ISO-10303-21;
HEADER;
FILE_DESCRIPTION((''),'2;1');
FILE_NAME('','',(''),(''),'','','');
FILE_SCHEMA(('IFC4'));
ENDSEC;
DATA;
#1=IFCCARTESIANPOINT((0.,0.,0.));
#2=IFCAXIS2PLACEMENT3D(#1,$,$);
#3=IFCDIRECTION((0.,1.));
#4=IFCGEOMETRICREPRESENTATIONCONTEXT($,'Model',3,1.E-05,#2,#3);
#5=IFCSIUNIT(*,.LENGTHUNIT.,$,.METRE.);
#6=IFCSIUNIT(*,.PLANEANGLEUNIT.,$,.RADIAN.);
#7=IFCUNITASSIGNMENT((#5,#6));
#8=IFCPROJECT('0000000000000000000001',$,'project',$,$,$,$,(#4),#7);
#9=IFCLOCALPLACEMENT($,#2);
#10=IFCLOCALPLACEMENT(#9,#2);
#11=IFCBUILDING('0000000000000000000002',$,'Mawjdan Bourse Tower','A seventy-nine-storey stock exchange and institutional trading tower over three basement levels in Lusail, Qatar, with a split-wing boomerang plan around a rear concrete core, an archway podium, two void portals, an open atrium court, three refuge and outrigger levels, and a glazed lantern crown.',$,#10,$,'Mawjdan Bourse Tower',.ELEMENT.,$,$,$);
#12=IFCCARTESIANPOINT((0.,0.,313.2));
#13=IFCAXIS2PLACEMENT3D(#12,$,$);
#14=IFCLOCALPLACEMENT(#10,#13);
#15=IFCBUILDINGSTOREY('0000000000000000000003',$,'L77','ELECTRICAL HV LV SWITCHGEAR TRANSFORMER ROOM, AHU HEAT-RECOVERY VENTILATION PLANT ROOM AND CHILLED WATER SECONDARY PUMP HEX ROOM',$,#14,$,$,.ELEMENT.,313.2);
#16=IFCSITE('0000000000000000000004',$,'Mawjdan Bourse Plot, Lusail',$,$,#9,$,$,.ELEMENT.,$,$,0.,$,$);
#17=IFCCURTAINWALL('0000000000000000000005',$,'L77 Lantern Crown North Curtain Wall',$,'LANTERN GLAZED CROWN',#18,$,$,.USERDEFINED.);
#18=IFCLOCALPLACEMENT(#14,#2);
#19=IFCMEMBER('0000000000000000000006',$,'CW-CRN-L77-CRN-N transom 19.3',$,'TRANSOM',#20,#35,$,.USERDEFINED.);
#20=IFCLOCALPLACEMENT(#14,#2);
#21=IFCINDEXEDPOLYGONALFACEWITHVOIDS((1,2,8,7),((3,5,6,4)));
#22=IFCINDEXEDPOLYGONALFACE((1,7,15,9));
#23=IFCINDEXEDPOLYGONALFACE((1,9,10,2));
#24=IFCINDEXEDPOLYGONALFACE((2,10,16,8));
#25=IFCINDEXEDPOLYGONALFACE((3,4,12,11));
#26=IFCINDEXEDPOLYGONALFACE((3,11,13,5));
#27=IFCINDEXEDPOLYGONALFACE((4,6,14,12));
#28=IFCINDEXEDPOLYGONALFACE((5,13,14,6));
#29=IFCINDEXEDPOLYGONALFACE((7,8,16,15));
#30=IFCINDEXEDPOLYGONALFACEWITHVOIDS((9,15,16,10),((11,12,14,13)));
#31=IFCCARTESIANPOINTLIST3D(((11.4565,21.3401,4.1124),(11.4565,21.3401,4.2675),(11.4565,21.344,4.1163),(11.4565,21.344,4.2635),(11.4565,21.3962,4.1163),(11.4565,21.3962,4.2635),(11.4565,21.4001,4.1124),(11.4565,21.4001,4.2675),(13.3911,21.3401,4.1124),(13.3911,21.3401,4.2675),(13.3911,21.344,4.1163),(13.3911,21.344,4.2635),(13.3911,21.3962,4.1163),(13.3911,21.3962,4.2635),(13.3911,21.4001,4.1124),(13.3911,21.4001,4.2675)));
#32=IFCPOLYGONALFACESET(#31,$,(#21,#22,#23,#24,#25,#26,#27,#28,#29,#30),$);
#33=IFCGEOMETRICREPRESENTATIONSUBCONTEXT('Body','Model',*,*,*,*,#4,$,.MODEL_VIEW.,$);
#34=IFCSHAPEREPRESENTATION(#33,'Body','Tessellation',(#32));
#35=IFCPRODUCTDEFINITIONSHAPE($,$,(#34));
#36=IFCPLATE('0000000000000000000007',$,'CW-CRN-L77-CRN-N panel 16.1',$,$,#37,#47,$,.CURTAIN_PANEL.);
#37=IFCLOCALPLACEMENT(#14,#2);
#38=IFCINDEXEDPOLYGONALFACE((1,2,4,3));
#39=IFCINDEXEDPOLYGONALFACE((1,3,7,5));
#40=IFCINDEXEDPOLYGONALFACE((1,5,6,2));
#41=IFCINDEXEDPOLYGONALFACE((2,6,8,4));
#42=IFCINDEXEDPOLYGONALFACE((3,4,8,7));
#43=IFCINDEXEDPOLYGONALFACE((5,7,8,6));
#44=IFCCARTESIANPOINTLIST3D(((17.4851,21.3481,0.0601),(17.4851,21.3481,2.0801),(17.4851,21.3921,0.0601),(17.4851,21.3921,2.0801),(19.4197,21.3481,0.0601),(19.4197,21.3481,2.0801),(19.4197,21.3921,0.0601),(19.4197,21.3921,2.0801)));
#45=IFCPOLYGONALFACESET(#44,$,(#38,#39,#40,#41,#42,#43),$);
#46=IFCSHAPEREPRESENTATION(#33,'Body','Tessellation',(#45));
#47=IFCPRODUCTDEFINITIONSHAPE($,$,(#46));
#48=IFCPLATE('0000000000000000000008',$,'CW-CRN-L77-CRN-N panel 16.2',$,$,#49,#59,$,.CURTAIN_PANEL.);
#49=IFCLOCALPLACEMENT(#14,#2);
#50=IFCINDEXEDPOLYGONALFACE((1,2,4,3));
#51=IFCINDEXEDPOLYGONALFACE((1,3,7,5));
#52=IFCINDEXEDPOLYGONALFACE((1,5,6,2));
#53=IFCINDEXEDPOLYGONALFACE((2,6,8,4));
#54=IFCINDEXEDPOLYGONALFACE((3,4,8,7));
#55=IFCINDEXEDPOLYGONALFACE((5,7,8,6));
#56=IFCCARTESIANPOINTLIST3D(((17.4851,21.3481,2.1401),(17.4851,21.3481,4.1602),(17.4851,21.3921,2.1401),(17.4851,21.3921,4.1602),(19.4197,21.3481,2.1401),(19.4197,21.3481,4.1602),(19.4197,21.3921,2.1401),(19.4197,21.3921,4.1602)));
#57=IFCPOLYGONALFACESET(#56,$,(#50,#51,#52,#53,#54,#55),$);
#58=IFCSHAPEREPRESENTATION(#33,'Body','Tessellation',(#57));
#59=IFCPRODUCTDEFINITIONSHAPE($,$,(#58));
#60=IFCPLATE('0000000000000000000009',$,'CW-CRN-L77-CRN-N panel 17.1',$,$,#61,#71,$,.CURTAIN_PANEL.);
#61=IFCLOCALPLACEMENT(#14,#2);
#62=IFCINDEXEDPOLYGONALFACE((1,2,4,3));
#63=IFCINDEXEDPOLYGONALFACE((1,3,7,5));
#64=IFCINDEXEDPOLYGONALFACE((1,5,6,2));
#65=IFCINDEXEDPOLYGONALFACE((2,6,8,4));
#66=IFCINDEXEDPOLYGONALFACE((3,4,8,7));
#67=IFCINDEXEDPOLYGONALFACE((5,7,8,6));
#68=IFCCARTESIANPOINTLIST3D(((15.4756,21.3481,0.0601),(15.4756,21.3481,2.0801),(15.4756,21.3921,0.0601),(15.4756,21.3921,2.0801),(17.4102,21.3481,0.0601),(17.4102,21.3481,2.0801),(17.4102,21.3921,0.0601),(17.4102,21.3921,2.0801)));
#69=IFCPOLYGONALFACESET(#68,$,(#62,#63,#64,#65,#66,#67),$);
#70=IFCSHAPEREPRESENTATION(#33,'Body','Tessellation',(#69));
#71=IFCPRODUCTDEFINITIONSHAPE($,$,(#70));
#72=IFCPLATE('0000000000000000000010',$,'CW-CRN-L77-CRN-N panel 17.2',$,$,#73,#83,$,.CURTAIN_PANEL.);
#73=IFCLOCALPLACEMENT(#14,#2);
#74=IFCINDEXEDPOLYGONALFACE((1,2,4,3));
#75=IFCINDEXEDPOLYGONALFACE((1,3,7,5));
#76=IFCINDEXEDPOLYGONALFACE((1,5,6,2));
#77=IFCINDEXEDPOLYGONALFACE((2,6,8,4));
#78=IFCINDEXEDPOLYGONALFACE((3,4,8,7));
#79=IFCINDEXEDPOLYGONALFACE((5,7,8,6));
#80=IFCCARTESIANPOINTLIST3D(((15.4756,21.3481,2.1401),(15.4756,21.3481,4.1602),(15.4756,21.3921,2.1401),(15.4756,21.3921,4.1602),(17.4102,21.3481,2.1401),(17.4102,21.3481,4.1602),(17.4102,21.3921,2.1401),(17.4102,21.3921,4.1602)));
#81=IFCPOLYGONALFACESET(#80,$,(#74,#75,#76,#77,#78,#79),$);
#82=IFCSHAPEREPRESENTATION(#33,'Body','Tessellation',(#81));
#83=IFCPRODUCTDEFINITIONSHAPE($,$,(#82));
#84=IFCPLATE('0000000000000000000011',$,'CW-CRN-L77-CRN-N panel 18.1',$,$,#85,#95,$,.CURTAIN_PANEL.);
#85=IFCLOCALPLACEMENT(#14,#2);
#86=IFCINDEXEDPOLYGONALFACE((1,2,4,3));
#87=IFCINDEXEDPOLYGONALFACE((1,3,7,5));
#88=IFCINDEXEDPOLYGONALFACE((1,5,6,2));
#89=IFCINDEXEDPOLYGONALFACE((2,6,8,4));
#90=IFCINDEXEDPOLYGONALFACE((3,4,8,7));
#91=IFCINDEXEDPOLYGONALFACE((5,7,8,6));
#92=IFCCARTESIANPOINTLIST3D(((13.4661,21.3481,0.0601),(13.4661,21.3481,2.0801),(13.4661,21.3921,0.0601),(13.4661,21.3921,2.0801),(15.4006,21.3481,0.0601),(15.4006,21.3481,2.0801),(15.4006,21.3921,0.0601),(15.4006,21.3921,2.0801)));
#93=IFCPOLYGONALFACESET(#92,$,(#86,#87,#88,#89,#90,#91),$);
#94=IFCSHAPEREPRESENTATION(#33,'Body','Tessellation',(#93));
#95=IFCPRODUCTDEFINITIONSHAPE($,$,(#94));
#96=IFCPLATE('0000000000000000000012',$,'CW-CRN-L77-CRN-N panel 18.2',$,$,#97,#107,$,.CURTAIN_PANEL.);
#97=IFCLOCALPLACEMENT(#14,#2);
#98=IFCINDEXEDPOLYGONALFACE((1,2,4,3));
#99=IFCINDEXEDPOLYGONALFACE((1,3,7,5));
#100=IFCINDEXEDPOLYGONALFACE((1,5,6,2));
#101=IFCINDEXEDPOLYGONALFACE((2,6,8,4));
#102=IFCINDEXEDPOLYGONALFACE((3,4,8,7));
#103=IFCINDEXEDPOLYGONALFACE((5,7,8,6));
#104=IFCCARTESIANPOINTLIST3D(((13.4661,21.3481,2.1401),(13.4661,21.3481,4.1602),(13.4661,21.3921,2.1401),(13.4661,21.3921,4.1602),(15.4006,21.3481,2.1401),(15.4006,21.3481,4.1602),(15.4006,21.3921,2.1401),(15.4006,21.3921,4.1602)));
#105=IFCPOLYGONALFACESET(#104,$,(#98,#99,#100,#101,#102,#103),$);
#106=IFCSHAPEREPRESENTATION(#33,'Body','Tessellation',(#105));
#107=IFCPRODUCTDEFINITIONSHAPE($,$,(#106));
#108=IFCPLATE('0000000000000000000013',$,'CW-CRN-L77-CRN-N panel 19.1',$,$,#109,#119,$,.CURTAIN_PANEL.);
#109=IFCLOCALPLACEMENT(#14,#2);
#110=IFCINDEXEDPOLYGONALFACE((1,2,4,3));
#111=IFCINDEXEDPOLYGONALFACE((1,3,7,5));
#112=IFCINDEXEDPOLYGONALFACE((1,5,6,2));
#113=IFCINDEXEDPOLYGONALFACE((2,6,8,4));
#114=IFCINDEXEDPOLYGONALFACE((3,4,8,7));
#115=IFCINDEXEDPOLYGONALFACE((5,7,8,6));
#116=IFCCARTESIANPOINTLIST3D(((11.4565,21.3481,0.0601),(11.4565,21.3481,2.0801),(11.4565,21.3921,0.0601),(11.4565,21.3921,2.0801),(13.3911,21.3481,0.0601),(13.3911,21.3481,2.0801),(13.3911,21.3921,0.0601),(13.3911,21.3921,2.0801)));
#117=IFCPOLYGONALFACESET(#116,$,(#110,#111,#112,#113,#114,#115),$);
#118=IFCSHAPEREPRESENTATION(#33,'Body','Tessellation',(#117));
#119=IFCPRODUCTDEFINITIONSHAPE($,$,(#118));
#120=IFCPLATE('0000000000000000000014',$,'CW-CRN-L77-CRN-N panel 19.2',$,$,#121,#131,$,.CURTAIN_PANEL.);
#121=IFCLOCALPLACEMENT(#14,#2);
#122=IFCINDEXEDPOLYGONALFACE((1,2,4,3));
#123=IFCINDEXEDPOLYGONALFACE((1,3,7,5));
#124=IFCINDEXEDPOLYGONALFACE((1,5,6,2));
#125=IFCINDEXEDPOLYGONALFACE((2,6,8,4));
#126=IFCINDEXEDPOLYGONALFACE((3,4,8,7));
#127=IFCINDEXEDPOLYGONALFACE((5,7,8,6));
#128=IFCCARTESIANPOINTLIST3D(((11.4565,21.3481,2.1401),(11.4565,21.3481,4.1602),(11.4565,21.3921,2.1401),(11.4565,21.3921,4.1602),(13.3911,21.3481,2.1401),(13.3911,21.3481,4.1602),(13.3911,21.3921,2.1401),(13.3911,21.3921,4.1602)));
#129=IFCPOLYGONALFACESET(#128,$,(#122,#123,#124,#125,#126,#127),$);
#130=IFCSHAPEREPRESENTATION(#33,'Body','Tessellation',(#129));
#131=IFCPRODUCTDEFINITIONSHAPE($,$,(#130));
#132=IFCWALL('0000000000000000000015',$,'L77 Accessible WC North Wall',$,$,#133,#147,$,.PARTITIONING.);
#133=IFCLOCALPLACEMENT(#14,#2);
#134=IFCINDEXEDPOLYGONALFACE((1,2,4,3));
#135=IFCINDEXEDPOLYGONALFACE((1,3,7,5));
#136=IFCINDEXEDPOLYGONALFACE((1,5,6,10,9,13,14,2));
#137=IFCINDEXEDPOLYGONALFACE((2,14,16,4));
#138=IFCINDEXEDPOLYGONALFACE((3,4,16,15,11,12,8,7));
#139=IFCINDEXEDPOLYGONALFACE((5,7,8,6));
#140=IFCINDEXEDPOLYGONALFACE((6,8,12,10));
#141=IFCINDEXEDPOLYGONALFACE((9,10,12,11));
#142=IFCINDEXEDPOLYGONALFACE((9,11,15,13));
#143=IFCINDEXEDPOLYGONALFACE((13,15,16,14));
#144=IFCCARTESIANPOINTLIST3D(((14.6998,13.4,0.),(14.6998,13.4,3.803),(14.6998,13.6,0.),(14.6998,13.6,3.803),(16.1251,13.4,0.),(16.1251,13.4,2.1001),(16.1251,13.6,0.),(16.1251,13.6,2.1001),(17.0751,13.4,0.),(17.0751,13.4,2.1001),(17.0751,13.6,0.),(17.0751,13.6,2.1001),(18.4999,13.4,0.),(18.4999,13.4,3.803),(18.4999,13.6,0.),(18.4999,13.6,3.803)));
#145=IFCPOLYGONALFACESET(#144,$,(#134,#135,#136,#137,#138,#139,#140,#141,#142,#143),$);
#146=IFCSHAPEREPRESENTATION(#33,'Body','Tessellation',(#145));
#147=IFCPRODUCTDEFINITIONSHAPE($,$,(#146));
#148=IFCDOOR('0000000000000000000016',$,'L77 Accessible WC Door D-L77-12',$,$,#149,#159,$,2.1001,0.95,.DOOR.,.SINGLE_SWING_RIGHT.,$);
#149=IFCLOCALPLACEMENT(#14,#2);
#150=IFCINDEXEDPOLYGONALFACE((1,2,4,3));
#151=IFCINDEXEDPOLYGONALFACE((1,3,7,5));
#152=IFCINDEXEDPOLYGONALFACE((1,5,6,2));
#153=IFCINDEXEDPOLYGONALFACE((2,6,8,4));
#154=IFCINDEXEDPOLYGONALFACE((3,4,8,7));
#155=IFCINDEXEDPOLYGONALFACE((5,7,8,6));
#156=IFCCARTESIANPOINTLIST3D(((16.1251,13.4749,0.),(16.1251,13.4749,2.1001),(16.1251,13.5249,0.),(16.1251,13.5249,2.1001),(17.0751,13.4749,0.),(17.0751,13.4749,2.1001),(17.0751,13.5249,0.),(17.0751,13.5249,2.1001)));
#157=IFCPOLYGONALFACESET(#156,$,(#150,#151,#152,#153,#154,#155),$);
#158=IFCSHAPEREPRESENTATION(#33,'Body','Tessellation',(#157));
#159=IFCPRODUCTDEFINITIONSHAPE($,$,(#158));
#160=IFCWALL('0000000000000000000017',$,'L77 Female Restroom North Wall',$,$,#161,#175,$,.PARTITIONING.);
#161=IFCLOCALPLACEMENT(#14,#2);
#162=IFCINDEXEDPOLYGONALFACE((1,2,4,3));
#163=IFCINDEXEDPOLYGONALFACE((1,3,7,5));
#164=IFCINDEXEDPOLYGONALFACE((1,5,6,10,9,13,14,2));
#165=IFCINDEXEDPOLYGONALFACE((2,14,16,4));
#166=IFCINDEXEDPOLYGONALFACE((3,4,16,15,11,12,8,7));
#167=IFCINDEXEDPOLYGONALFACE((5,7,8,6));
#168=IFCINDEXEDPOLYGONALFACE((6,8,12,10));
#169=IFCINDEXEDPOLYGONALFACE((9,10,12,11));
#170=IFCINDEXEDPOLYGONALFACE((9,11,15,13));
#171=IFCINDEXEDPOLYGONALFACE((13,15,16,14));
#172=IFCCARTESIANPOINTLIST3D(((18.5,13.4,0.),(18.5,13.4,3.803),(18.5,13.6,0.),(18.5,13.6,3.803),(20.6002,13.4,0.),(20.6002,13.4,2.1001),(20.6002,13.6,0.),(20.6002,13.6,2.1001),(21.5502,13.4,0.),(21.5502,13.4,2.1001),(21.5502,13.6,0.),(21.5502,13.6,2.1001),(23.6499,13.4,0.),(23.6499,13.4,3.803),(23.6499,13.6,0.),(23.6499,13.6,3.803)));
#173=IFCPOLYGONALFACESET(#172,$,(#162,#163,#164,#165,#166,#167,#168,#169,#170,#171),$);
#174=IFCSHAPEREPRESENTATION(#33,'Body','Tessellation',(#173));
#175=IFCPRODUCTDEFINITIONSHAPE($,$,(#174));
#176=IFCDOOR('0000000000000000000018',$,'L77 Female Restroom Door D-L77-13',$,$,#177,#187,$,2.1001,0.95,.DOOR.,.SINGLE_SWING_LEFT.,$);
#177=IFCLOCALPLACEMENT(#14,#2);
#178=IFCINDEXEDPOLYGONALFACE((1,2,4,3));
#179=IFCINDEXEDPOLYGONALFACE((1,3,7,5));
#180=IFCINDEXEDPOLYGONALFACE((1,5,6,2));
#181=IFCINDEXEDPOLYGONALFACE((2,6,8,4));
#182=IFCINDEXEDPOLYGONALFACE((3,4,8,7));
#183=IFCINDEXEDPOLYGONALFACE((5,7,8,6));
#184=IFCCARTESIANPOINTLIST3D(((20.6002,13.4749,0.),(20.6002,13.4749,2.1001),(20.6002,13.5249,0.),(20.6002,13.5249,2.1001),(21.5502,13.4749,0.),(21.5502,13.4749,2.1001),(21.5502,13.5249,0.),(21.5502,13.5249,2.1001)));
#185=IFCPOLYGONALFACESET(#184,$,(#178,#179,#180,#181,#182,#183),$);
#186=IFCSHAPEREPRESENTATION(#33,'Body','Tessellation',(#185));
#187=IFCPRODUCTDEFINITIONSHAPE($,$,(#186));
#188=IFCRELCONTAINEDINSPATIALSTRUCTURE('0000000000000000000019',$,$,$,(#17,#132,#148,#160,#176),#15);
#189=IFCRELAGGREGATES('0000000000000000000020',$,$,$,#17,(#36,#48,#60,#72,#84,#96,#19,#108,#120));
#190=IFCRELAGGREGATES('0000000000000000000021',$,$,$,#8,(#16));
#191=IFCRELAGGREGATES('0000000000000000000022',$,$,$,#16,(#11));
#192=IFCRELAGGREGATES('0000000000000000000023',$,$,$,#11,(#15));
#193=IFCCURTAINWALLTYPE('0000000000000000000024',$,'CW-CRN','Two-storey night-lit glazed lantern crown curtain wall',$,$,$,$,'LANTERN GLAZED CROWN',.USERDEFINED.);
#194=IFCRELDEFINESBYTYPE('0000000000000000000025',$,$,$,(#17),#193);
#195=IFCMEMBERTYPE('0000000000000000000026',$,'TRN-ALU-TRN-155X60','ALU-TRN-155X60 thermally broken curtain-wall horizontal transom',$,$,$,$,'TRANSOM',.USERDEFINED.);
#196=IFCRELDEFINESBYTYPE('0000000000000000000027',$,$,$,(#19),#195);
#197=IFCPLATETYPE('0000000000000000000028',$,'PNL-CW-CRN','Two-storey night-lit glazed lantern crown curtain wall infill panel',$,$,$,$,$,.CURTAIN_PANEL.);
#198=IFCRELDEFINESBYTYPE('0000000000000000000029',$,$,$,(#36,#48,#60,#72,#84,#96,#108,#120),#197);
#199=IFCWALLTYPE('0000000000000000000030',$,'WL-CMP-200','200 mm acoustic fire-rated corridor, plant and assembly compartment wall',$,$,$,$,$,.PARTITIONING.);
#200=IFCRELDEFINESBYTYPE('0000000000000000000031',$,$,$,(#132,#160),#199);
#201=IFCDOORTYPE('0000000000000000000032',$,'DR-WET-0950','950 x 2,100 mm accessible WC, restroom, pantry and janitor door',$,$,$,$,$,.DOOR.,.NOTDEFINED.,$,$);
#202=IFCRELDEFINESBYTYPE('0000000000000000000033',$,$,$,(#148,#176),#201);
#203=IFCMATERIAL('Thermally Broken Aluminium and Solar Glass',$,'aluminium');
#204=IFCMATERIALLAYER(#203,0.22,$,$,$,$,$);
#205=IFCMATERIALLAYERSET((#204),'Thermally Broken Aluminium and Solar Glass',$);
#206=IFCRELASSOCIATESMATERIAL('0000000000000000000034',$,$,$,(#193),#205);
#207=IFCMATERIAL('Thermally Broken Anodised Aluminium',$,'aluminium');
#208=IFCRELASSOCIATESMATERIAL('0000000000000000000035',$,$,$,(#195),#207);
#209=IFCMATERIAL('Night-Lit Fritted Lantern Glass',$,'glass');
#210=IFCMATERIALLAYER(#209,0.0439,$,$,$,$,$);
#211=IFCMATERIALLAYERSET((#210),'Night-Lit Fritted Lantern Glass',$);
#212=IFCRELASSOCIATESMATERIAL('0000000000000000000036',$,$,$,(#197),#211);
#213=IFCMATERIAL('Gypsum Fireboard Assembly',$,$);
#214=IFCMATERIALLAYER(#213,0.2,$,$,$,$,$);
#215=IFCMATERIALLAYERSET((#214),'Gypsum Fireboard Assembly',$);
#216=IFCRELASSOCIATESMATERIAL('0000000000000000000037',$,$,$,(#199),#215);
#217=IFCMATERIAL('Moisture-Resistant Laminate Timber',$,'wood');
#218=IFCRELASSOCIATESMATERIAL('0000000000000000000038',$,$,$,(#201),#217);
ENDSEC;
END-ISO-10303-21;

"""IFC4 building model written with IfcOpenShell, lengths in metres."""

from ifc_helpers import new_model, si_unit, direction, frame, frame_2d, origin, origin_2d, place, context, subcontext, project, spatial, rectangle, hollow_rectangle, extrude, material, layer, layer_set, material_profile, profile_set, type_object, element, fill, aggregate, save


model = new_model("IFC4")

# Units and contexts
model_context = context("Model", 3, precision=1e-05, world=origin(), true_north=direction((0.0, 1.0)))
body_context = subcontext(model_context, "Body", "Model", "MODEL_VIEW")
ifc_project = project(units=[si_unit("LENGTHUNIT", "METRE"), si_unit("PLANEANGLEUNIT", "RADIAN")], contexts=[model_context])

# Site, building, storey
site_placement = place(None, origin())
site = spatial("IfcSite", under=ifc_project, at=site_placement, Name="Mawjdan Bourse Plot, Lusail", CompositionType="ELEMENT", RefElevation=0.0)
building_placement = place(site_placement, origin())
building = spatial("IfcBuilding", under=site, at=building_placement, Name="Mawjdan Bourse Tower", Description="A seventy-nine-storey stock exchange and institutional trading tower over three basement levels in Lusail, Qatar, with a split-wing boomerang plan around a rear concrete core, an archway podium, two void portals, an open atrium court, three refuge and outrigger levels, and a glazed lantern crown.", LongName="Mawjdan Bourse Tower", CompositionType="ELEMENT")
storey_placement = place(building_placement, frame((0.0, 0.0, 313.2)))
storey = spatial("IfcBuildingStorey", under=building, at=storey_placement, Name="L77", Description="ELECTRICAL HV LV SWITCHGEAR TRANSFORMER ROOM, AHU HEAT-RECOVERY VENTILATION PLANT ROOM AND CHILLED WATER SECONDARY PUMP HEX ROOM", CompositionType="ELEMENT", Elevation=313.2)

# Curtain wall, member, plates
ifc_material_1 = material(Name="Thermally Broken Aluminium and Solar Glass", Category="aluminium")
ifc_layer_1 = layer(ifc_material_1, 0.22)
ifc_layer_set_1 = layer_set([ifc_layer_1], Name="Thermally Broken Aluminium and Solar Glass")
curtain_wall_type = type_object("IfcCurtainWallType", Name="CW-CRN", Description="Two-storey night-lit glazed lantern crown curtain wall", ElementType="LANTERN GLAZED CROWN", PredefinedType="USERDEFINED", material=ifc_layer_set_1)
curtain_wall_placement = place(storey_placement, origin())
curtain_wall = element("IfcCurtainWall", 1, at=curtain_wall_placement, inside=storey, type_object=curtain_wall_type, Name="L77 Lantern Crown North Curtain Wall", ObjectType="LANTERN GLAZED CROWN", PredefinedType="USERDEFINED")
ifc_material_2 = material(Name="Thermally Broken Anodised Aluminium", Category="aluminium")
ifc_material_profile_1 = material_profile(ifc_material_2, hollow_rectangle(XDim=0.0601, YDim=0.155, WallThickness=0.0039, at=origin_2d()), Name="ALU-TRN-155X60")
ifc_profile_set_1 = profile_set([ifc_material_profile_1], Name="Thermally Broken Anodised Aluminium")
member_type_1 = type_object("IfcMemberType", Name="TRN-ALU-TRN-155X60", Description="ALU-TRN-155X60 thermally broken curtain-wall horizontal transom", ElementType="TRANSOM", PredefinedType="USERDEFINED", material=ifc_profile_set_1)
member_1_placement = place(storey_placement, frame((13.3911, 21.3701, 4.1899), z_axis=(-1.0, 0.0, 0.0), x_axis=(0.0, -1.0, 0.0)))
member_1 = element("IfcMember", 2, at=member_1_placement, type_object=member_type_1, Name="CW-CRN-L77-CRN-N transom 19.3", ObjectType="TRANSOM", PredefinedType="USERDEFINED", context=body_context, shape_type="SweptSolid", body=[
    extrude(hollow_rectangle(XDim=0.0601, YDim=0.155, WallThickness=0.0039, at=origin_2d()), origin(), (0.0, 0.0, 1.0), 1.9346),
])
ifc_material_3 = material(Name="Night-Lit Fritted Lantern Glass", Category="glass")
ifc_layer_2 = layer(ifc_material_3, 0.0439)
ifc_layer_set_2 = layer_set([ifc_layer_2], Name="Night-Lit Fritted Lantern Glass")
plate_type = type_object("IfcPlateType", Name="PNL-CW-CRN", Description="Two-storey night-lit glazed lantern crown curtain wall infill panel", PredefinedType="CURTAIN_PANEL", material=ifc_layer_set_2)
plate_1_placement = place(storey_placement, frame((18.4524, 21.3701, 0.0601), z_axis=(0.0, 0.0, 1.0), x_axis=(-1.0, 0.0, 0.0)))
plate_1 = element("IfcPlate", 3, at=plate_1_placement, type_object=plate_type, Name="CW-CRN-L77-CRN-N panel 16.1", PredefinedType="CURTAIN_PANEL", context=body_context, shape_type="SweptSolid", body=[
    extrude(rectangle(XDim=1.9346, YDim=0.0439, at=origin_2d()), origin(), (0.0, 0.0, 1.0), 2.02),
])
plate_2_placement = place(storey_placement, frame((18.4524, 21.3701, 2.1401), z_axis=(0.0, 0.0, 1.0), x_axis=(-1.0, 0.0, 0.0)))
plate_2 = element("IfcPlate", 4, at=plate_2_placement, type_object=plate_type, Name="CW-CRN-L77-CRN-N panel 16.2", PredefinedType="CURTAIN_PANEL", context=body_context, shape_type="SweptSolid", body=[
    extrude(rectangle(XDim=1.9346, YDim=0.0439, at=origin_2d()), origin(), (0.0, 0.0, 1.0), 2.02),
])
plate_3_placement = place(storey_placement, frame((16.4429, 21.3701, 0.0601), z_axis=(0.0, 0.0, 1.0), x_axis=(-1.0, 0.0, 0.0)))
plate_3 = element("IfcPlate", 5, at=plate_3_placement, type_object=plate_type, Name="CW-CRN-L77-CRN-N panel 17.1", PredefinedType="CURTAIN_PANEL", context=body_context, shape_type="SweptSolid", body=[
    extrude(rectangle(XDim=1.9346, YDim=0.0439, at=origin_2d()), origin(), (0.0, 0.0, 1.0), 2.02),
])
plate_4_placement = place(storey_placement, frame((16.4429, 21.3701, 2.1401), z_axis=(0.0, 0.0, 1.0), x_axis=(-1.0, 0.0, 0.0)))
plate_4 = element("IfcPlate", 6, at=plate_4_placement, type_object=plate_type, Name="CW-CRN-L77-CRN-N panel 17.2", PredefinedType="CURTAIN_PANEL", context=body_context, shape_type="SweptSolid", body=[
    extrude(rectangle(XDim=1.9346, YDim=0.0439, at=origin_2d()), origin(), (0.0, 0.0, 1.0), 2.02),
])
plate_5_placement = place(storey_placement, frame((14.4333, 21.3701, 0.0601), z_axis=(0.0, 0.0, 1.0), x_axis=(-1.0, 0.0, 0.0)))
plate_5 = element("IfcPlate", 7, at=plate_5_placement, type_object=plate_type, Name="CW-CRN-L77-CRN-N panel 18.1", PredefinedType="CURTAIN_PANEL", context=body_context, shape_type="SweptSolid", body=[
    extrude(rectangle(XDim=1.9346, YDim=0.0439, at=origin_2d()), origin(), (0.0, 0.0, 1.0), 2.02),
])
plate_6_placement = place(storey_placement, frame((14.4333, 21.3701, 2.1401), z_axis=(0.0, 0.0, 1.0), x_axis=(-1.0, 0.0, 0.0)))
plate_6 = element("IfcPlate", 8, at=plate_6_placement, type_object=plate_type, Name="CW-CRN-L77-CRN-N panel 18.2", PredefinedType="CURTAIN_PANEL", context=body_context, shape_type="SweptSolid", body=[
    extrude(rectangle(XDim=1.9346, YDim=0.0439, at=origin_2d()), origin(), (0.0, 0.0, 1.0), 2.02),
])
plate_7_placement = place(storey_placement, frame((12.4238, 21.3701, 0.0601), z_axis=(0.0, 0.0, 1.0), x_axis=(-1.0, 0.0, 0.0)))
plate_7 = element("IfcPlate", 9, at=plate_7_placement, type_object=plate_type, Name="CW-CRN-L77-CRN-N panel 19.1", PredefinedType="CURTAIN_PANEL", context=body_context, shape_type="SweptSolid", body=[
    extrude(rectangle(XDim=1.9346, YDim=0.0439, at=origin_2d()), origin(), (0.0, 0.0, 1.0), 2.02),
])
plate_8_placement = place(storey_placement, frame((12.4238, 21.3701, 2.1401), z_axis=(0.0, 0.0, 1.0), x_axis=(-1.0, 0.0, 0.0)))
plate_8 = element("IfcPlate", 10, at=plate_8_placement, type_object=plate_type, Name="CW-CRN-L77-CRN-N panel 19.2", PredefinedType="CURTAIN_PANEL", context=body_context, shape_type="SweptSolid", body=[
    extrude(rectangle(XDim=1.9346, YDim=0.0439, at=origin_2d()), origin(), (0.0, 0.0, 1.0), 2.02),
])
aggregate(curtain_wall, [plate_1, plate_2, plate_3, plate_4, plate_5, plate_6, member_1, plate_7, plate_8])

# Walls, openings, doors
ifc_material_4 = material(Name="Gypsum Fireboard Assembly")
ifc_layer_3 = layer(ifc_material_4, 0.2)
ifc_layer_set_3 = layer_set([ifc_layer_3], Name="Gypsum Fireboard Assembly")
wall_type_1 = type_object("IfcWallType", Name="WL-CMP-200", Description="200 mm acoustic fire-rated corridor, plant and assembly compartment wall", PredefinedType="PARTITIONING", material=ifc_layer_set_3)
wall_1_placement = place(storey_placement, frame((14.7, 13.5, 0.0), z_axis=(0.0, 0.0, 1.0), x_axis=(1.0, 0.0, 0.0)))
wall_1 = element("IfcWall", 11, at=wall_1_placement, inside=storey, type_object=wall_type_1, Name="L77 Accessible WC North Wall", PredefinedType="PARTITIONING", context=body_context, shape_type="SweptSolid", body=[
    extrude(rectangle(XDim=3.8, YDim=0.2, at=frame_2d((1.8999, 0.0))), origin(), (0.0, 0.0, 1.0), 3.803),
])
opening_1_placement = place(wall_1_placement, frame((1.425, 0.0, 0.0)))
opening_1 = element("IfcOpeningElement", 12, at=opening_1_placement, cuts=wall_1, PredefinedType="OPENING", context=body_context, shape_type="SweptSolid", body=[
    extrude(rectangle(XDim=0.95, YDim=2.1001, at=frame_2d((0.4751, 1.05))), frame((0.0, 0.1099, 0.0), z_axis=(0.0, -1.0, 0.0), x_axis=(1.0, 0.0, 0.0)), (0.0, 0.0, 1.0), 0.22),
])
ifc_material_5 = material(Name="Moisture-Resistant Laminate Timber", Category="wood")
door_type_1 = type_object("IfcDoorType", Name="DR-WET-0950", Description="950 x 2,100 mm accessible WC, restroom, pantry and janitor door", OperationType="NOTDEFINED", PredefinedType="DOOR", material=ifc_material_5)
door_1_placement = place(opening_1_placement, origin())
door_1 = element("IfcDoor", 13, at=door_1_placement, inside=storey, type_object=door_type_1, Name="L77 Accessible WC Door D-L77-12", OperationType="SINGLE_SWING_RIGHT", OverallHeight=2.1001, OverallWidth=0.95, PredefinedType="DOOR", context=body_context, shape_type="SweptSolid", body=[
    extrude(rectangle(XDim=0.95, YDim=2.1001, at=frame_2d((0.4751, 1.05))), frame((0.0, 0.0249, 0.0), z_axis=(0.0, -1.0, 0.0), x_axis=(1.0, 0.0, 0.0)), (0.0, 0.0, 1.0), 0.05),
])
fill(opening_1, door_1)
wall_2_placement = place(storey_placement, frame((18.5, 13.5, 0.0), z_axis=(0.0, 0.0, 1.0), x_axis=(1.0, 0.0, 0.0)))
wall_2 = element("IfcWall", 14, at=wall_2_placement, inside=storey, type_object=wall_type_1, Name="L77 Female Restroom North Wall", PredefinedType="PARTITIONING", context=body_context, shape_type="SweptSolid", body=[
    extrude(rectangle(XDim=5.1499, YDim=0.2, at=frame_2d((2.575, 0.0))), origin(), (0.0, 0.0, 1.0), 3.803),
])
opening_2_placement = place(wall_2_placement, frame((2.1001, 0.0, 0.0)))
opening_2 = element("IfcOpeningElement", 15, at=opening_2_placement, cuts=wall_2, PredefinedType="OPENING", context=body_context, shape_type="SweptSolid", body=[
    extrude(rectangle(XDim=0.95, YDim=2.1001, at=frame_2d((0.4751, 1.05))), frame((0.0, 0.1099, 0.0), z_axis=(0.0, -1.0, 0.0), x_axis=(1.0, 0.0, 0.0)), (0.0, 0.0, 1.0), 0.22),
])
door_2_placement = place(opening_2_placement, origin())
door_2 = element("IfcDoor", 16, at=door_2_placement, inside=storey, type_object=door_type_1, Name="L77 Female Restroom Door D-L77-13", OperationType="SINGLE_SWING_LEFT", OverallHeight=2.1001, OverallWidth=0.95, PredefinedType="DOOR", context=body_context, shape_type="SweptSolid", body=[
    extrude(rectangle(XDim=0.95, YDim=2.1001, at=frame_2d((0.4751, 1.05))), frame((0.0, 0.0249, 0.0), z_axis=(0.0, -1.0, 0.0), x_axis=(1.0, 0.0, 0.0)), (0.0, 0.0, 1.0), 0.05),
])
fill(opening_2, door_2)

save(model, "model.ifc")
